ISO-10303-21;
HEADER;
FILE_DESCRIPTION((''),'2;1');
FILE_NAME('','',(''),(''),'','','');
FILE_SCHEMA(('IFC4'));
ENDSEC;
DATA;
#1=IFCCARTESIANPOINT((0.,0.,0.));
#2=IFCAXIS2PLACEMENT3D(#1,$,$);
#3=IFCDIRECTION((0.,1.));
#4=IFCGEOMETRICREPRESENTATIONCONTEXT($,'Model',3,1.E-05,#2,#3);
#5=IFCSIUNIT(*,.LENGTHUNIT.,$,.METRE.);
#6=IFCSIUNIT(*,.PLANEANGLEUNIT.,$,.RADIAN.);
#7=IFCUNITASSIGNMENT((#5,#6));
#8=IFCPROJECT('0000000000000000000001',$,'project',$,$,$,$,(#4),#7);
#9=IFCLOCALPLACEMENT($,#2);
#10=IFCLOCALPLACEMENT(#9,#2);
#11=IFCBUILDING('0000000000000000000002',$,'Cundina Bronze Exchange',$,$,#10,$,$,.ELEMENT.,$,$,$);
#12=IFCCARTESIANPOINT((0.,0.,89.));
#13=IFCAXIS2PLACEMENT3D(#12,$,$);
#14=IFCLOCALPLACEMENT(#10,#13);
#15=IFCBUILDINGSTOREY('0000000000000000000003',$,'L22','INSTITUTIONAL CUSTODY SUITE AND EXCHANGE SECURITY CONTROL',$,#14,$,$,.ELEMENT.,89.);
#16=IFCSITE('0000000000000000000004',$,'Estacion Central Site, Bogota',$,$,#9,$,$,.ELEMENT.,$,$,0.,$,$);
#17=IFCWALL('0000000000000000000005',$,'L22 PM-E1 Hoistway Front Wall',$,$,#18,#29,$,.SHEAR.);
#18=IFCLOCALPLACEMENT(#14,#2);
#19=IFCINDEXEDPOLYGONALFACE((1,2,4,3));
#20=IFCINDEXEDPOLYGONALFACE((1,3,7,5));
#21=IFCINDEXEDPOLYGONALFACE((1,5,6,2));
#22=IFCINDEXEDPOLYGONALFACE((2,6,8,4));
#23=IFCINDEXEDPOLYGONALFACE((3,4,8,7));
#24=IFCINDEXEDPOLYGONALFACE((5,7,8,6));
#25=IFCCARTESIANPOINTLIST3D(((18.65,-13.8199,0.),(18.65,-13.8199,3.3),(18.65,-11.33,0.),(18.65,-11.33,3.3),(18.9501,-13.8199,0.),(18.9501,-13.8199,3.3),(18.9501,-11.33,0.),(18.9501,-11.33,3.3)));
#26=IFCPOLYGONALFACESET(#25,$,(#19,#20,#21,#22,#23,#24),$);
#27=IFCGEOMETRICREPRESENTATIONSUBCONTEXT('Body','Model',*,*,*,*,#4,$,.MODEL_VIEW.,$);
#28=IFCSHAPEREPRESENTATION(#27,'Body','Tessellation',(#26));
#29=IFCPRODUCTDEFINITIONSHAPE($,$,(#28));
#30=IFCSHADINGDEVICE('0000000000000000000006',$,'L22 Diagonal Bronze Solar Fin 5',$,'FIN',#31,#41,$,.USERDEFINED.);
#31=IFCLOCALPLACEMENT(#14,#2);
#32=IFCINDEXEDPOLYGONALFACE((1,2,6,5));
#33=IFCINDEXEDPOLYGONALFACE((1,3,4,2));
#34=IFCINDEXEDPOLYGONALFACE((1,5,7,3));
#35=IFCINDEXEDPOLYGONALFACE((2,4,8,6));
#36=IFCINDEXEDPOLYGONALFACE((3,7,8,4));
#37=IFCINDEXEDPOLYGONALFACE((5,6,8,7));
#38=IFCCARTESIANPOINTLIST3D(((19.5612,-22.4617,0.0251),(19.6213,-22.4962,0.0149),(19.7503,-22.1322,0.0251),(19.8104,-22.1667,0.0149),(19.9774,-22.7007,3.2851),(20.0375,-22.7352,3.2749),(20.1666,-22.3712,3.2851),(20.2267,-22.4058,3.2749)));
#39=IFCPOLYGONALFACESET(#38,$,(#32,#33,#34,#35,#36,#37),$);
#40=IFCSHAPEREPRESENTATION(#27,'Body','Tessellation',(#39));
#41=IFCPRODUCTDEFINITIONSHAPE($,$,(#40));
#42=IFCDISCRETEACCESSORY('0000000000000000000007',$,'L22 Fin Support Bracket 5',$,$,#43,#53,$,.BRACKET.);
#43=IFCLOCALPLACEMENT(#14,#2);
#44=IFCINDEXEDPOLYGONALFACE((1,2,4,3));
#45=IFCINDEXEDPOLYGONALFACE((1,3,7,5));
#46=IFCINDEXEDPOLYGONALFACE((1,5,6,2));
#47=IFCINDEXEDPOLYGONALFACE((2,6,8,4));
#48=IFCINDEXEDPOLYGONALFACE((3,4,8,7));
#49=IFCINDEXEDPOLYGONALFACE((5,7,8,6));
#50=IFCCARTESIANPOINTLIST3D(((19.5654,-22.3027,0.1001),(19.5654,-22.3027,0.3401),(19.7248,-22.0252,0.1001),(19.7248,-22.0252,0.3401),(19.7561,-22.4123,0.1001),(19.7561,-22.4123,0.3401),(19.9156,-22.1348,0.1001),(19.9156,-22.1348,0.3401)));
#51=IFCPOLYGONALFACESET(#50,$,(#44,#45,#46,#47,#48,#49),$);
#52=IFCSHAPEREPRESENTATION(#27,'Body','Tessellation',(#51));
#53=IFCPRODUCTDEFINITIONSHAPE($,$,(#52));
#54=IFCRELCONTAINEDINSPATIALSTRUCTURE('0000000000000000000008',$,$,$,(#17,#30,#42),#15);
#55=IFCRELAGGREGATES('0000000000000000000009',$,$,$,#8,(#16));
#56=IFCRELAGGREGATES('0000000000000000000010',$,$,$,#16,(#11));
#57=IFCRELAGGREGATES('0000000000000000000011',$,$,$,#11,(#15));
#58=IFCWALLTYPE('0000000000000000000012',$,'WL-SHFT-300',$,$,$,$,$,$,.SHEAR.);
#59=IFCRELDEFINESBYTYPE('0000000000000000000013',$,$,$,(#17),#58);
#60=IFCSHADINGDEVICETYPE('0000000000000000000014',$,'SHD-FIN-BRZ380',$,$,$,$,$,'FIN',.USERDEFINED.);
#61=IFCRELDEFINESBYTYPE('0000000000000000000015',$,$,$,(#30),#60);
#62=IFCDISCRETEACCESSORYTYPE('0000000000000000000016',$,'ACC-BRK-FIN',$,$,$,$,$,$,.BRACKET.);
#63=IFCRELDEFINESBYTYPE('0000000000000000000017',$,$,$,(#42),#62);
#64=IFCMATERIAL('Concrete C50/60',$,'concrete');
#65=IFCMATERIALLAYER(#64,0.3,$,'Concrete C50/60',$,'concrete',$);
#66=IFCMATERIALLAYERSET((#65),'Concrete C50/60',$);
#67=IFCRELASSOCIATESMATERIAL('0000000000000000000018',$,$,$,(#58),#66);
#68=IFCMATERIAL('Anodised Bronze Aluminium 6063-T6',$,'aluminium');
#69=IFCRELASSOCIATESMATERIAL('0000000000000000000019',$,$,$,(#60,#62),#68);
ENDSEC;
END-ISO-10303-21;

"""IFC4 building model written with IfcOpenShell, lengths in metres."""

from ifc_helpers import new_model, si_unit, direction, frame, frame_2d, origin, origin_2d, place, context, subcontext, project, spatial, rectangle, extrude, material, layer, layer_set, material_profile, profile_set, type_object, element, save


model = new_model("IFC4")

# Units and contexts
model_context = context("Model", 3, precision=1e-05, world=origin(), true_north=direction((0.0, 1.0)))
body_context = subcontext(model_context, "Body", "Model", "MODEL_VIEW")
ifc_project = project(units=[si_unit("LENGTHUNIT", "METRE"), si_unit("PLANEANGLEUNIT", "RADIAN")], contexts=[model_context])

# Site, building, storey
site_placement = place(None, origin())
site = spatial("IfcSite", under=ifc_project, at=site_placement, Name="Estacion Central Site, Bogota", CompositionType="ELEMENT", RefElevation=0.0)
building_placement = place(site_placement, origin())
building = spatial("IfcBuilding", under=site, at=building_placement, Name="Cundina Bronze Exchange", CompositionType="ELEMENT")
storey_placement = place(building_placement, frame((0.0, 0.0, 89.0)))
storey = spatial("IfcBuildingStorey", under=building, at=storey_placement, Name="L22", Description="INSTITUTIONAL CUSTODY SUITE AND EXCHANGE SECURITY CONTROL", CompositionType="ELEMENT", Elevation=89.0)

# Shared definitions
ifc_material_1 = material(Name="Anodised Bronze Aluminium 6063-T6", Category="aluminium")

# Wall
ifc_material_2 = material(Name="Concrete C50/60", Category="concrete")
ifc_layer_1 = layer(ifc_material_2, 0.3, Name="Concrete C50/60", Category="concrete")
ifc_layer_set_1 = layer_set([ifc_layer_1], Name="Concrete C50/60")
wall_type_1 = type_object("IfcWallType", Name="WL-SHFT-300", PredefinedType="SHEAR", material=ifc_layer_set_1)
wall_1_placement = place(storey_placement, frame((18.8, -13.8201, 0.0), z_axis=(0.0, 0.0, 1.0), x_axis=(0.0, 1.0, 0.0)))
element("IfcWall", 1, at=wall_1_placement, inside=storey, type_object=wall_type_1, Name="L22 PM-E1 Hoistway Front Wall", PredefinedType="SHEAR", context=body_context, shape_type="SweptSolid", body=[
    extrude(rectangle(XDim=2.49, YDim=0.3, at=frame_2d((1.2451, 0.0))), origin(), (0.0, 0.0, 1.0), 3.3),
])

# Shading device
ifc_material_profile_1 = material_profile(ifc_material_1, rectangle(XDim=0.0701, YDim=0.3799, at=origin_2d()), Name="FIN70X380", Category="aluminium")
ifc_profile_set_1 = profile_set([ifc_material_profile_1], Name="Anodised Bronze Aluminium 6063-T6")
shading_device_type = type_object("IfcShadingDeviceType", Name="SHD-FIN-BRZ380", ElementType="FIN", PredefinedType="USERDEFINED", material=ifc_profile_set_1)
shading_device_placement = place(storey_placement, frame((19.6858, -22.3142, 0.02), z_axis=(0.126325, -0.072535, 0.989333), x_axis=(-0.857958, 0.492634, 0.145668)))
element("IfcShadingDevice", 2, at=shading_device_placement, inside=storey, type_object=shading_device_type, Name="L22 Diagonal Bronze Solar Fin 5", ObjectType="FIN", PredefinedType="USERDEFINED", context=body_context, shape_type="SweptSolid", body=[
    extrude(rectangle(XDim=0.0701, YDim=0.3799, at=origin_2d()), origin(), (0.0, 0.0, 1.0), 3.2952),
])

# Discrete accessory
discrete_accessory_type = type_object("IfcDiscreteAccessoryType", Name="ACC-BRK-FIN", PredefinedType="BRACKET", material=ifc_material_1)
discrete_accessory_placement = place(storey_placement, frame((19.7405, -22.2188, 0.1001), z_axis=(0.0, 0.0, 1.0), x_axis=(0.867105, -0.498125, 0.0)))
element("IfcDiscreteAccessory", 3, at=discrete_accessory_placement, inside=storey, type_object=discrete_accessory_type, Name="L22 Fin Support Bracket 5", PredefinedType="BRACKET", context=body_context, shape_type="SweptSolid", body=[
    extrude(rectangle(XDim=0.22, YDim=0.3201, at=origin_2d()), origin(), (0.0, 0.0, 1.0), 0.24),
])

save(model, "model.ifc")
